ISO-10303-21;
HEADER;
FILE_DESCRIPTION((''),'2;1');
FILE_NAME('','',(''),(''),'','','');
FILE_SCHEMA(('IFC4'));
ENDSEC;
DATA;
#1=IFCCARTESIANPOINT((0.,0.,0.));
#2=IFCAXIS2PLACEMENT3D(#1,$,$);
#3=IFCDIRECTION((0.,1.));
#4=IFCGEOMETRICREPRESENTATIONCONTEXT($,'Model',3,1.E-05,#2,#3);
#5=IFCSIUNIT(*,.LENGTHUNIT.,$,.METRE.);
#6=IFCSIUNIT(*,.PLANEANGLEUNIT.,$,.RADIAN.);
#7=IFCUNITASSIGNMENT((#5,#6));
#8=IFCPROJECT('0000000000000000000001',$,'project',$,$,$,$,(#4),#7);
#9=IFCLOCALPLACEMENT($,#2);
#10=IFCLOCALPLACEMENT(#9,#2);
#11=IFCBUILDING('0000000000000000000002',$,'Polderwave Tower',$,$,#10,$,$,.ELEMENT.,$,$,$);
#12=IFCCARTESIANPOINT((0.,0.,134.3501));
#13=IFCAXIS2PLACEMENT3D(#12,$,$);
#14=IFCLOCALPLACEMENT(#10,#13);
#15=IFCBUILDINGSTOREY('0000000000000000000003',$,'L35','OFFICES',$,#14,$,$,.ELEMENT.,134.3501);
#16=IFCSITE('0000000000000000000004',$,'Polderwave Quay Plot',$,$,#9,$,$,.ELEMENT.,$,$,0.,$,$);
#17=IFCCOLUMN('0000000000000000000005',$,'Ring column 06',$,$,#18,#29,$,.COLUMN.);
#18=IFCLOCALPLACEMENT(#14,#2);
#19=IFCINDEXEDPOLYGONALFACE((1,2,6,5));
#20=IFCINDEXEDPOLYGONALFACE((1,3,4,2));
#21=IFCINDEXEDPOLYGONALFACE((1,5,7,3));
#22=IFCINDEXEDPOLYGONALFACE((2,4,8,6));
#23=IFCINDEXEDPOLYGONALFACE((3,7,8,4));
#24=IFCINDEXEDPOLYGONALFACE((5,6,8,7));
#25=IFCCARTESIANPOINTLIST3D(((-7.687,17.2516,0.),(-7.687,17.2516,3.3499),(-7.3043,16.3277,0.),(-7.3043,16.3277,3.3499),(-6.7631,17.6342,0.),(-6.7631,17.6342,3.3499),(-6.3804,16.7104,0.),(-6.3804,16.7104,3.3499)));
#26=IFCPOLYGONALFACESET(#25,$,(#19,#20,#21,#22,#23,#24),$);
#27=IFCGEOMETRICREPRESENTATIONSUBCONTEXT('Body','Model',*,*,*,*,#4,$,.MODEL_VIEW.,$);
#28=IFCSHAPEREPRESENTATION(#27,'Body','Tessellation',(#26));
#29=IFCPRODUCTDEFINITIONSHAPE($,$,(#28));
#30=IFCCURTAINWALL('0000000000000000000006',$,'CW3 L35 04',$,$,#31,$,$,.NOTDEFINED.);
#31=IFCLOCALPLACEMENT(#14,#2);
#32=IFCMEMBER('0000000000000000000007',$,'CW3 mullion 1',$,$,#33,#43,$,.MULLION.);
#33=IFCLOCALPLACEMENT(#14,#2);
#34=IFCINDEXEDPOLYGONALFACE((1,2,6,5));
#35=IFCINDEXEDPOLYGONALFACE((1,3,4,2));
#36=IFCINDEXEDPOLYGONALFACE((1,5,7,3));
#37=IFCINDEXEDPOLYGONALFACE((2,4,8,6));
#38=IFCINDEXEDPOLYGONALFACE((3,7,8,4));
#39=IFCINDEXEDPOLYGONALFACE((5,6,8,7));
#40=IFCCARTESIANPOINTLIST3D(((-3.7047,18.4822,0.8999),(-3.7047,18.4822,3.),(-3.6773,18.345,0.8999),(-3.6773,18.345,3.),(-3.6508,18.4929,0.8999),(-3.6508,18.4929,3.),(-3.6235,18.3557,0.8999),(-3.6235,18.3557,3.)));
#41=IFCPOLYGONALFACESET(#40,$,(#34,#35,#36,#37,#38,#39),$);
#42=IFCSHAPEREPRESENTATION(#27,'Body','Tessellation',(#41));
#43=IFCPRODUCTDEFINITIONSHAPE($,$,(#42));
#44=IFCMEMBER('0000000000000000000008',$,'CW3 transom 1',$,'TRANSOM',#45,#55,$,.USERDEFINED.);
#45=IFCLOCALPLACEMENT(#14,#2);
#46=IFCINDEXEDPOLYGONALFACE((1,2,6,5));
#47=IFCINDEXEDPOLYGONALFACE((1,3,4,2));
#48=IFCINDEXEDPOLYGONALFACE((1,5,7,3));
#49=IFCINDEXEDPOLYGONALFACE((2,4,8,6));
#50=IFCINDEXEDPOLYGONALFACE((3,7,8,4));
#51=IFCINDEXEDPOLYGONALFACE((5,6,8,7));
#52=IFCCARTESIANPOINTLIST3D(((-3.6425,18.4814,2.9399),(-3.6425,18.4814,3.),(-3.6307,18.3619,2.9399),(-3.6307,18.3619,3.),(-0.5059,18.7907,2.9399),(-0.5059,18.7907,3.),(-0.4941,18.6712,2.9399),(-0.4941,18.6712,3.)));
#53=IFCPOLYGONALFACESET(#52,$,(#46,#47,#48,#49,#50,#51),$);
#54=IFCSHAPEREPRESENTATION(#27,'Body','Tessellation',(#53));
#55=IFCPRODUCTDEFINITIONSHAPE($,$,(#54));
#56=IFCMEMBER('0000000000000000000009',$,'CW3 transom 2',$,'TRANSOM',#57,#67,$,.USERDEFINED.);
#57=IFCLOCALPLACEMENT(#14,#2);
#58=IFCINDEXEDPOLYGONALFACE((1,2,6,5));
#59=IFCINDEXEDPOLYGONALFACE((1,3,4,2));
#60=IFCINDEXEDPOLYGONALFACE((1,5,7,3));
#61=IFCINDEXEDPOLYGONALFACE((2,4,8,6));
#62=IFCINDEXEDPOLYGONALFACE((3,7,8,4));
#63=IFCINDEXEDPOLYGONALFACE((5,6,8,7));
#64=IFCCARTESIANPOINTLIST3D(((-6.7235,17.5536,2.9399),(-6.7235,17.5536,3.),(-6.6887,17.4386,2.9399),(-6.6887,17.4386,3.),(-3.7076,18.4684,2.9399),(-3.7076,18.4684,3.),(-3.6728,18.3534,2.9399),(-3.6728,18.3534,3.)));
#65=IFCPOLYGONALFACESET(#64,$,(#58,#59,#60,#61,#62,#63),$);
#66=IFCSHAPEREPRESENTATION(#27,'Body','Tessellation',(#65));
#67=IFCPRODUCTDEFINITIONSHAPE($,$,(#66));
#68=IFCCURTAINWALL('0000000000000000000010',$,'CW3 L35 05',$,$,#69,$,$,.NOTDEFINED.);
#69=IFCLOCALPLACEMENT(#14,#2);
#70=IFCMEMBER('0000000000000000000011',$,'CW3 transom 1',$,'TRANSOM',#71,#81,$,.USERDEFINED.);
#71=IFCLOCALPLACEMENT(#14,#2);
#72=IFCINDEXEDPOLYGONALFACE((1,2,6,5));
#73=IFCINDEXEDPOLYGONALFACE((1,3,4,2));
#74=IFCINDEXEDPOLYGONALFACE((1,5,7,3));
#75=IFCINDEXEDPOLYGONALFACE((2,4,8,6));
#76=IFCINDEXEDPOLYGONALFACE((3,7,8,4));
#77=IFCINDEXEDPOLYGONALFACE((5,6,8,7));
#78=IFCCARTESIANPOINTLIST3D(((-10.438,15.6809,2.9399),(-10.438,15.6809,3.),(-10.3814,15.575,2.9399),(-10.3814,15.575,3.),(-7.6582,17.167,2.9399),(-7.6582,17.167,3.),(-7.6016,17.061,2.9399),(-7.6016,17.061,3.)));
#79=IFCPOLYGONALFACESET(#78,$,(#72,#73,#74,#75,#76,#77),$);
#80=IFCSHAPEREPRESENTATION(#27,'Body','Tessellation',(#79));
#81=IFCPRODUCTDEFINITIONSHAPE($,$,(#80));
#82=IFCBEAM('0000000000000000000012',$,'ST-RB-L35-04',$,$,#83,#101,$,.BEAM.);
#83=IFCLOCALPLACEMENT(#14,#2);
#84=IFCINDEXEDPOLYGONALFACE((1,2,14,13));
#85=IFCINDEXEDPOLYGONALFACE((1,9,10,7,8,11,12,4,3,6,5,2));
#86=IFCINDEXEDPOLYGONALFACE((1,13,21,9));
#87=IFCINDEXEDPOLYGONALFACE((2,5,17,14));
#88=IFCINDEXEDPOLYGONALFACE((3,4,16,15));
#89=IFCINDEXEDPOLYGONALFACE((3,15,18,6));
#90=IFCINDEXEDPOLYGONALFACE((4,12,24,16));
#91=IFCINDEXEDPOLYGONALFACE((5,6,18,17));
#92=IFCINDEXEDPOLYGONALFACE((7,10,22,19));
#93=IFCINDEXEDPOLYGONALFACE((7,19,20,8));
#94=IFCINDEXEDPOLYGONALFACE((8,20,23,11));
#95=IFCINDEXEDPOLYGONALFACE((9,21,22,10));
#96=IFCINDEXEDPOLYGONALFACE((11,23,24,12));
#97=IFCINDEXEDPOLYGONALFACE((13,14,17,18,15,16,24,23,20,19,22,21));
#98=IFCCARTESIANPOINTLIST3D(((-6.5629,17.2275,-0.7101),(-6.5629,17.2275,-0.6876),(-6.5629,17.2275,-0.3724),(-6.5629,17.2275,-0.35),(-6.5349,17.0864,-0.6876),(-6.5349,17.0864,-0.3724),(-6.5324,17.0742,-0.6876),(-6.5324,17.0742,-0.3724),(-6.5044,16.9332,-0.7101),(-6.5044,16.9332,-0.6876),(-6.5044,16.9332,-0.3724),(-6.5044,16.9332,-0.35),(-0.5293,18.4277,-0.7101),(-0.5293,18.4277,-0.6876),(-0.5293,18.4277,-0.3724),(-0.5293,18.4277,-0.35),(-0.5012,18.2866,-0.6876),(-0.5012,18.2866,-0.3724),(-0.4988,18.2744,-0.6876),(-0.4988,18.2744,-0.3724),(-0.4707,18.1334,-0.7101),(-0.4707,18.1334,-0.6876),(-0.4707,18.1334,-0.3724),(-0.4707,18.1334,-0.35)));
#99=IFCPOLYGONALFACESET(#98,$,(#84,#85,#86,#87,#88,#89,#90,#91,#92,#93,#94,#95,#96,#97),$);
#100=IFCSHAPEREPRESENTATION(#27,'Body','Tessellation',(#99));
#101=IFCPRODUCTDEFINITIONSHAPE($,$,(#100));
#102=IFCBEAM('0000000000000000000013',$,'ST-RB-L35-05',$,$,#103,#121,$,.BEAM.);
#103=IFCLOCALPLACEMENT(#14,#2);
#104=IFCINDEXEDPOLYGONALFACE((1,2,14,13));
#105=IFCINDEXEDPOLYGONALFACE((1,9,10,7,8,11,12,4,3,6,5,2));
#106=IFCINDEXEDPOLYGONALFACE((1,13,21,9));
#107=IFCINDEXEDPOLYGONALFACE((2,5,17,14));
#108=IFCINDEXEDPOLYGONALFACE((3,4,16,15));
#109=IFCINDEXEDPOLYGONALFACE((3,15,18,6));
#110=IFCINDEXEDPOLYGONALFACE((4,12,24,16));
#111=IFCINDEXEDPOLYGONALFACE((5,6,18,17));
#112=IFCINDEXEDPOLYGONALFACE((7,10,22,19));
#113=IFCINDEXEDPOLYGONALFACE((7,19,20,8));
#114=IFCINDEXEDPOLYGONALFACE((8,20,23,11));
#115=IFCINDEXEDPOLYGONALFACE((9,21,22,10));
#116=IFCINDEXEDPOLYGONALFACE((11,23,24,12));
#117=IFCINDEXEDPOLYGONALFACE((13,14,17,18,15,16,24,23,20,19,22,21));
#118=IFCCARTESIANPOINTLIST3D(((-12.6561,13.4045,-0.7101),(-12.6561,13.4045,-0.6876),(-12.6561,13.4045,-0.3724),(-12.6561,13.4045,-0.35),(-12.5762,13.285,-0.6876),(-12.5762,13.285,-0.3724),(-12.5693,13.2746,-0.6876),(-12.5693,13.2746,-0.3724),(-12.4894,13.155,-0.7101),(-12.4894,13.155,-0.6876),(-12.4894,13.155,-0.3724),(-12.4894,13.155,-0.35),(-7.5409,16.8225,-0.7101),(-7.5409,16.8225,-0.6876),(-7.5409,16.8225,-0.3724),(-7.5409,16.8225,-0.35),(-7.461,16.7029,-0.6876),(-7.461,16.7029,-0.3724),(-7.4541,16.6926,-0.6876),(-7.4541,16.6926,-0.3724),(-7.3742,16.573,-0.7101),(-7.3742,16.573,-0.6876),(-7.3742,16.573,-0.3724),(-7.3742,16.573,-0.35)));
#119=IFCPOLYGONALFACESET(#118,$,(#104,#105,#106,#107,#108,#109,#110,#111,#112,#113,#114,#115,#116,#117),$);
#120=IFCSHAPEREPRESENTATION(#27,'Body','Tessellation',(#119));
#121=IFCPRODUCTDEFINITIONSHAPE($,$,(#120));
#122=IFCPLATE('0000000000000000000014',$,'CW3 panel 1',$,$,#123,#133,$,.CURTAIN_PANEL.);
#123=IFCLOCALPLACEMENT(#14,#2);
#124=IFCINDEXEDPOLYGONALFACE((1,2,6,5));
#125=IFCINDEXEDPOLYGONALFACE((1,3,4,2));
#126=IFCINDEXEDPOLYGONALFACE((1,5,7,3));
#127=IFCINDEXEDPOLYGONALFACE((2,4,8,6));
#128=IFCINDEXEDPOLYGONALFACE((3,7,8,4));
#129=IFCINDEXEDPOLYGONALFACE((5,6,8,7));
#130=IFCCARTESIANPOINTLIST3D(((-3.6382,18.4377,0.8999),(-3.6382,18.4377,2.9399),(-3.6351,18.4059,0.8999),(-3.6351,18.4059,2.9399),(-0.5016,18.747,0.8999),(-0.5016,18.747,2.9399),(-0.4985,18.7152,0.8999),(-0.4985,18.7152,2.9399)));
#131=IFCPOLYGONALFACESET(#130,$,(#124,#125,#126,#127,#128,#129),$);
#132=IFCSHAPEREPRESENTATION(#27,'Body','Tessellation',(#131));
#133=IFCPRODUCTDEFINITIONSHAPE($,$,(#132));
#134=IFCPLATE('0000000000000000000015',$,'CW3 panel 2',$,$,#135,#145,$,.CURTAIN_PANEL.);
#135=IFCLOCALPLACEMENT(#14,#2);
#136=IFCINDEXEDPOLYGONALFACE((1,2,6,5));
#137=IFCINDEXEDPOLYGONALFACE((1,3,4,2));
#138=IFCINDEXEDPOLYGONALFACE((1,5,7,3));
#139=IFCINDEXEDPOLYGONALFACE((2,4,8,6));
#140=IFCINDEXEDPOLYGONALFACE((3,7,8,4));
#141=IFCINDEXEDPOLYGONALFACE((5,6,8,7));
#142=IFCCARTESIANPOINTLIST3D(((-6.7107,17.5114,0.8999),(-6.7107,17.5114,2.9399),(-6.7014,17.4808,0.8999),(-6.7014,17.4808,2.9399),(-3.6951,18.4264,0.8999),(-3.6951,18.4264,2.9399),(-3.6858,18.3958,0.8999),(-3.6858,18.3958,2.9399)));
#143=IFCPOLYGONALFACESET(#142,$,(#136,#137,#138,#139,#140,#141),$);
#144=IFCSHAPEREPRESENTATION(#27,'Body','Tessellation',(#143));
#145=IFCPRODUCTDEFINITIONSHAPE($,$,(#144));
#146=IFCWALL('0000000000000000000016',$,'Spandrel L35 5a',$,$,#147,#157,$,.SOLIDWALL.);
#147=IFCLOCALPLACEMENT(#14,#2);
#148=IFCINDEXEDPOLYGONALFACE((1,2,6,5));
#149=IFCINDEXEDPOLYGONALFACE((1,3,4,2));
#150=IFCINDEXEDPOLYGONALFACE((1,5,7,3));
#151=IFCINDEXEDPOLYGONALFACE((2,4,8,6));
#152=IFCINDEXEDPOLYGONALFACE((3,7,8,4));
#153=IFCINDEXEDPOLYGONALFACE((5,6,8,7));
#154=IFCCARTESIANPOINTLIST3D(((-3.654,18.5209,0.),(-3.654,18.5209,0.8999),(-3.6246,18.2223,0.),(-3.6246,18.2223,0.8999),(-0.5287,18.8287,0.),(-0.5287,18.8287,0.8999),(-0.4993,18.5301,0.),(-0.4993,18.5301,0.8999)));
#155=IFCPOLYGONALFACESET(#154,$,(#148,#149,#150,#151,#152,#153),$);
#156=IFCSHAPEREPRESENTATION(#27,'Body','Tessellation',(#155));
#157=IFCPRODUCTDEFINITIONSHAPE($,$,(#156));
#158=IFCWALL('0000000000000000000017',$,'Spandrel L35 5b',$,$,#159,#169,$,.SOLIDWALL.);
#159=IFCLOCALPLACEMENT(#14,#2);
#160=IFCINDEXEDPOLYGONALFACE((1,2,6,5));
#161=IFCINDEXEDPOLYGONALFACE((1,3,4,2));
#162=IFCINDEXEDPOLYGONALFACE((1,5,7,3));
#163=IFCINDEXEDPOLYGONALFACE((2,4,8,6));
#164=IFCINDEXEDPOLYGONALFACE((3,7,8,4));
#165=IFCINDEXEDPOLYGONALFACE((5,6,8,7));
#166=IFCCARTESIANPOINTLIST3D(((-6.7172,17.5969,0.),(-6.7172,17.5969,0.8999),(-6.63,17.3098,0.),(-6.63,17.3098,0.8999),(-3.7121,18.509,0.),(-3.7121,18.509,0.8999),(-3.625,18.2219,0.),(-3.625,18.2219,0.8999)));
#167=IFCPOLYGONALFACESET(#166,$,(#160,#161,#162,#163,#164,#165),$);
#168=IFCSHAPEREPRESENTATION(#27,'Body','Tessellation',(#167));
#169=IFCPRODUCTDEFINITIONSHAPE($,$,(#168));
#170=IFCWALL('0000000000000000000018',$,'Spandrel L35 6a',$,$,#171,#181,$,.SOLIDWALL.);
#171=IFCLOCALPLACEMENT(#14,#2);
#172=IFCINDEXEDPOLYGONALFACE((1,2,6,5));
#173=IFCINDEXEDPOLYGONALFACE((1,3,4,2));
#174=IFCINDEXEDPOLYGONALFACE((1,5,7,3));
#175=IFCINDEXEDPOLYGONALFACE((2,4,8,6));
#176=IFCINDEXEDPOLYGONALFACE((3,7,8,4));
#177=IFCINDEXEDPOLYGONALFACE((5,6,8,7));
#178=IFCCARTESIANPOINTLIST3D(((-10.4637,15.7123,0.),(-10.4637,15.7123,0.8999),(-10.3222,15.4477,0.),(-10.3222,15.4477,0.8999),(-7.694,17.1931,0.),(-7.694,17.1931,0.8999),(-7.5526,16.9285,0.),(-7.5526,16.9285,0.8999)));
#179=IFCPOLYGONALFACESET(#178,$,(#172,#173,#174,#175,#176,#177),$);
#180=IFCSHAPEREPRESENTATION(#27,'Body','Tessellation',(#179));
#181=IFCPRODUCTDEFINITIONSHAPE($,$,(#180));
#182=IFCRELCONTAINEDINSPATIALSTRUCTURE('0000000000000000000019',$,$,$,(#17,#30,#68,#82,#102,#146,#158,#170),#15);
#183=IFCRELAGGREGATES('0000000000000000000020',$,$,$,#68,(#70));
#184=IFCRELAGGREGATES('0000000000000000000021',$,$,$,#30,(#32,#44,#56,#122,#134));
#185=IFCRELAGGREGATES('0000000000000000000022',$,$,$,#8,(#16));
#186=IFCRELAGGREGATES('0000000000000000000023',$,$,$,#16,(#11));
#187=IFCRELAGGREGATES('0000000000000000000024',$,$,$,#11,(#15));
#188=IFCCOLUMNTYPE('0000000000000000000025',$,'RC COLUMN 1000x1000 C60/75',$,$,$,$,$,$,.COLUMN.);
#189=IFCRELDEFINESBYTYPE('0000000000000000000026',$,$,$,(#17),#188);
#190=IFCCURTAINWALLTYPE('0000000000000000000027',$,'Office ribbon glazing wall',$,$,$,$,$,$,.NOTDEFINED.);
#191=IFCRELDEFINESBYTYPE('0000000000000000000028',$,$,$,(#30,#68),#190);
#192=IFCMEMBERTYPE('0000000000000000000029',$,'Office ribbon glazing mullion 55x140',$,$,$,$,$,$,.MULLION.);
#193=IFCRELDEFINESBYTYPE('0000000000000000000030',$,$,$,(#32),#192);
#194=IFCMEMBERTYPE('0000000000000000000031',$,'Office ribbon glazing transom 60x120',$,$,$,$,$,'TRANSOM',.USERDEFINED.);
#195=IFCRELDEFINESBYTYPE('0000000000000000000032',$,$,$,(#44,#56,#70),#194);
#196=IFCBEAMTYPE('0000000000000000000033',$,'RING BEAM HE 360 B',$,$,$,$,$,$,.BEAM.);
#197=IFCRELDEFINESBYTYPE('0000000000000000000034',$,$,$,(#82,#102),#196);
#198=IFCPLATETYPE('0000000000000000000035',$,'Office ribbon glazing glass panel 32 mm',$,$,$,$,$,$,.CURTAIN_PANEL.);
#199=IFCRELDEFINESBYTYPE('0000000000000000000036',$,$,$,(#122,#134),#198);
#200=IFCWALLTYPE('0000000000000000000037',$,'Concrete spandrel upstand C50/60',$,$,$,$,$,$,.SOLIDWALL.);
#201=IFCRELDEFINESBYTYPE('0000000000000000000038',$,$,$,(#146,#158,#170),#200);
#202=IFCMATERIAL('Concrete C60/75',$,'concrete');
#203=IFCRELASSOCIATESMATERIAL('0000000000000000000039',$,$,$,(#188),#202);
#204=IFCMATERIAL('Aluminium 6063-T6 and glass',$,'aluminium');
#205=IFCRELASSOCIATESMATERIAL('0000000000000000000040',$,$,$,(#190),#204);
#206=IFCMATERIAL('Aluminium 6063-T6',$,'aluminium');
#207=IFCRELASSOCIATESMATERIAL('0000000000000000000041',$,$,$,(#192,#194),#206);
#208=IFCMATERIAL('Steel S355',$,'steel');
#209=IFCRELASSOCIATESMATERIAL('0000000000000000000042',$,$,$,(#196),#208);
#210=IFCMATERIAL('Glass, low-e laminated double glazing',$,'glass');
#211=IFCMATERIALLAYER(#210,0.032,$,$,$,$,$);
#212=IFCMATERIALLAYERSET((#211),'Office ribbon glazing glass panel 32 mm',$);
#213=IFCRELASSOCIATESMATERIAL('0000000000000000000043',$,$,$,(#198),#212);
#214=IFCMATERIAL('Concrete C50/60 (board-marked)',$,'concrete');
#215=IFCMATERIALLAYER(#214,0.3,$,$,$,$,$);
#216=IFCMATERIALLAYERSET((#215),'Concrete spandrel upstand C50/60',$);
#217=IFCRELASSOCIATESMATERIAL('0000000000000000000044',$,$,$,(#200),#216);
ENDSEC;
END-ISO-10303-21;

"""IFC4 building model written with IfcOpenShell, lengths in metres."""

from ifc_helpers import new_model, si_unit, direction, frame, frame_2d, origin, origin_2d, place, context, subcontext, project, spatial, rectangle, i_section, extrude, material, layer, layer_set, material_profile, profile_set, type_object, element, aggregate, save


model = new_model("IFC4")

# Units and contexts
model_context = context("Model", 3, precision=1e-05, world=origin(), true_north=direction((0.0, 1.0)))
body_context = subcontext(model_context, "Body", "Model", "MODEL_VIEW")
ifc_project = project(units=[si_unit("LENGTHUNIT", "METRE"), si_unit("PLANEANGLEUNIT", "RADIAN")], contexts=[model_context])

# Site, building, storey
site_placement = place(None, origin())
site = spatial("IfcSite", under=ifc_project, at=site_placement, Name="Polderwave Quay Plot", CompositionType="ELEMENT", RefElevation=0.0)
building_placement = place(site_placement, origin())
building = spatial("IfcBuilding", under=site, at=building_placement, Name="Polderwave Tower", CompositionType="ELEMENT")
storey_placement = place(building_placement, frame((0.0, 0.0, 134.3501)))
storey = spatial("IfcBuildingStorey", under=building, at=storey_placement, Name="L35", Description="OFFICES", CompositionType="ELEMENT", Elevation=134.3501)

# Column
ifc_material_1 = material(Name="Concrete C60/75", Category="concrete")
ifc_material_profile_1 = material_profile(ifc_material_1, rectangle(XDim=1.0, YDim=1.0, at=origin_2d()), Name="RC 1000x1000")
ifc_profile_set_1 = profile_set([ifc_material_profile_1], Name="Concrete C60/75")
column_type = type_object("IfcColumnType", Name="RC COLUMN 1000x1000 C60/75", PredefinedType="COLUMN", material=ifc_profile_set_1)
column_placement = place(storey_placement, frame((-7.0337, 16.981, 0.0), z_axis=(0.0, 0.0, 1.0), x_axis=(-0.382683, 0.92388, 0.0)))
element("IfcColumn", 1, at=column_placement, inside=storey, type_object=column_type, Name="Ring column 06", PredefinedType="COLUMN", context=body_context, shape_type="SweptSolid", body=[
    extrude(rectangle(XDim=1.0, YDim=1.0, at=origin_2d()), origin(), (0.0, 0.0, 1.0), 3.3499),
])

# Curtain wall, members
ifc_material_2 = material(Name="Aluminium 6063-T6 and glass", Category="aluminium")
curtain_wall_type = type_object("IfcCurtainWallType", Name="Office ribbon glazing wall", PredefinedType="NOTDEFINED", material=ifc_material_2)
curtain_wall_1_placement = place(storey_placement, origin())
curtain_wall_1 = element("IfcCurtainWall", 2, at=curtain_wall_1_placement, inside=storey, type_object=curtain_wall_type, Name="CW3 L35 04", PredefinedType="NOTDEFINED")
ifc_material_3 = material(Name="Aluminium 6063-T6", Category="aluminium")
ifc_material_profile_2 = material_profile(ifc_material_3, rectangle(XDim=0.1399, YDim=0.0549, at=origin_2d()), Name="AL 55x140")
ifc_profile_set_2 = profile_set([ifc_material_profile_2], Name="Aluminium 6063-T6")
member_type_1 = type_object("IfcMemberType", Name="Office ribbon glazing mullion 55x140", PredefinedType="MULLION", material=ifc_profile_set_2)
member_1_placement = place(storey_placement, frame((-3.6641, 18.4189, 0.8999), z_axis=(0.0, 0.0, 1.0), x_axis=(0.195179, -0.980768, 0.0)))
member_1 = element("IfcMember", 3, at=member_1_placement, type_object=member_type_1, Name="CW3 mullion 1", PredefinedType="MULLION", context=body_context, shape_type="SweptSolid", body=[
    extrude(rectangle(XDim=0.1399, YDim=0.0549, at=origin_2d()), origin(), (0.0, 0.0, 1.0), 2.1001),
])
ifc_material_profile_3 = material_profile(ifc_material_3, rectangle(XDim=0.1201, YDim=0.0601, at=origin_2d()), Name="AL 60x120")
ifc_profile_set_3 = profile_set([ifc_material_profile_3], Name="Aluminium 6063-T6")
member_type_2 = type_object("IfcMemberType", Name="Office ribbon glazing transom 60x120", ElementType="TRANSOM", PredefinedType="USERDEFINED", material=ifc_profile_set_3)
member_2_placement = place(storey_placement, frame((-0.5, 18.731, 2.97), z_axis=(-0.995173, -0.098139, 0.0), x_axis=(0.098139, -0.995173, 0.0)))
member_2 = element("IfcMember", 4, at=member_2_placement, type_object=member_type_2, Name="CW3 transom 1", ObjectType="TRANSOM", PredefinedType="USERDEFINED", context=body_context, shape_type="SweptSolid", body=[
    extrude(rectangle(XDim=0.1201, YDim=0.0601, at=origin_2d()), origin(), (0.0, 0.0, 1.0), 3.1519),
])
member_3_placement = place(storey_placement, frame((-3.6902, 18.4109, 2.97), z_axis=(-0.956946, -0.290268, 0.0), x_axis=(0.290268, -0.956946, 0.0)))
member_3 = element("IfcMember", 5, at=member_3_placement, type_object=member_type_2, Name="CW3 transom 2", ObjectType="TRANSOM", PredefinedType="USERDEFINED", context=body_context, shape_type="SweptSolid", body=[
    extrude(rectangle(XDim=0.1201, YDim=0.0601, at=origin_2d()), origin(), (0.0, 0.0, 1.0), 3.1516),
])

# Curtain wall, member
curtain_wall_2_placement = place(storey_placement, origin())
curtain_wall_2 = element("IfcCurtainWall", 6, at=curtain_wall_2_placement, inside=storey, type_object=curtain_wall_type, Name="CW3 L35 05", PredefinedType="NOTDEFINED")
member_4_placement = place(storey_placement, frame((-7.6299, 17.114, 2.97), z_axis=(-0.881887, -0.47146, 0.0), x_axis=(0.47146, -0.881887, 0.0)))
member_4 = element("IfcMember", 7, at=member_4_placement, type_object=member_type_2, Name="CW3 transom 1", ObjectType="TRANSOM", PredefinedType="USERDEFINED", context=body_context, shape_type="SweptSolid", body=[
    extrude(rectangle(XDim=0.1201, YDim=0.0601, at=origin_2d()), origin(), (0.0, 0.0, 1.0), 3.1521),
])
aggregate(curtain_wall_2, [member_4])

# Beams
ifc_material_4 = material(Name="Steel S355", Category="steel")
ifc_material_profile_4 = material_profile(ifc_material_4, i_section(OverallWidth=0.3, OverallDepth=0.3601, WebThickness=0.0125, FlangeThickness=0.0225, at=origin_2d()), Name="HE 360 B")
ifc_profile_set_4 = profile_set([ifc_material_profile_4], Name="Steel S355")
beam_type = type_object("IfcBeamType", Name="RING BEAM HE 360 B", PredefinedType="BEAM", material=ifc_profile_set_4)
beam_1_placement = place(storey_placement, frame((-0.5, 18.2805, -0.53), z_axis=(-0.980785, -0.195093, 0.0), x_axis=(0.195093, -0.980785, 0.0)))
element("IfcBeam", 8, at=beam_1_placement, inside=storey, type_object=beam_type, Name="ST-RB-L35-04", PredefinedType="BEAM", context=body_context, shape_type="SweptSolid", body=[
    extrude(i_section(OverallWidth=0.3, OverallDepth=0.3601, WebThickness=0.0125, FlangeThickness=0.0225, at=origin_2d()), origin(), (0.0, 0.0, 1.0), 6.1519),
])
beam_2_placement = place(storey_placement, frame((-7.4575, 16.6978, -0.53), z_axis=(-0.831464, -0.555579, 0.0), x_axis=(0.555579, -0.831464, 0.0)))
element("IfcBeam", 9, at=beam_2_placement, inside=storey, type_object=beam_type, Name="ST-RB-L35-05", PredefinedType="BEAM", context=body_context, shape_type="SweptSolid", body=[
    extrude(i_section(OverallWidth=0.3, OverallDepth=0.3601, WebThickness=0.0125, FlangeThickness=0.0225, at=origin_2d()), origin(), (0.0, 0.0, 1.0), 6.1521),
])

# Plates
ifc_material_5 = material(Name="Glass, low-e laminated double glazing", Category="glass")
ifc_layer_1 = layer(ifc_material_5, 0.032)
ifc_layer_set_1 = layer_set([ifc_layer_1], Name="Office ribbon glazing glass panel 32 mm")
plate_type = type_object("IfcPlateType", Name="Office ribbon glazing glass panel 32 mm", PredefinedType="CURTAIN_PANEL", material=ifc_layer_set_1)
plate_1_placement = place(storey_placement, frame((-2.0684, 18.5764, 0.8999), z_axis=(0.0, 0.0, 1.0), x_axis=(-0.995173, -0.098134, 0.0)))
plate_1 = element("IfcPlate", 10, at=plate_1_placement, type_object=plate_type, Name="CW3 panel 1", PredefinedType="CURTAIN_PANEL", context=body_context, shape_type="SweptSolid", body=[
    extrude(rectangle(XDim=3.1519, YDim=0.032, at=origin_2d()), origin(), (0.0, 0.0, 1.0), 2.04),
])
plate_2_placement = place(storey_placement, frame((-5.1982, 17.9536, 0.8999), z_axis=(0.0, 0.0, 1.0), x_axis=(-0.956921, -0.290348, 0.0)))
plate_2 = element("IfcPlate", 11, at=plate_2_placement, type_object=plate_type, Name="CW3 panel 2", PredefinedType="CURTAIN_PANEL", context=body_context, shape_type="SweptSolid", body=[
    extrude(rectangle(XDim=3.1514, YDim=0.032, at=origin_2d()), origin(), (0.0, 0.0, 1.0), 2.04),
])
aggregate(curtain_wall_1, [member_1, member_2, member_3, plate_1, plate_2])

# Walls
ifc_material_6 = material(Name="Concrete C50/60 (board-marked)", Category="concrete")
ifc_layer_2 = layer(ifc_material_6, 0.3)
ifc_layer_set_2 = layer_set([ifc_layer_2], Name="Concrete spandrel upstand C50/60")
wall_type_1 = type_object("IfcWallType", Name="Concrete spandrel upstand C50/60", PredefinedType="SOLIDWALL", material=ifc_layer_set_2)
for number, where, z_axis, x_axis, name in (
    (12, (-0.5139, 18.6794, 0.0), (0.0, 0.0, 1.0), (-0.995183, -0.098033, 0.0), "Spandrel L35 5a"),
    (13, (-3.6685, 18.3655, 0.0), (0.0, 0.0, 1.0), (-0.956895, -0.290435, 0.0), "Spandrel L35 5b"),
):
    element("IfcWall", number, at=place(storey_placement, frame(where, z_axis=z_axis, x_axis=x_axis)), inside=storey, type_object=wall_type_1, Name=name, PredefinedType="SOLIDWALL", context=body_context, shape_type="SweptSolid", body=[
        extrude(rectangle(XDim=3.1404, YDim=0.3, at=frame_2d((1.5703, 0.0))), origin(), (0.0, 0.0, 1.0), 0.8999),
    ])
wall_1_placement = place(storey_placement, frame((-7.6233, 17.0608, 0.0), z_axis=(0.0, 0.0, 1.0), x_axis=(-0.881873, -0.471488, 0.0)))
element("IfcWall", 14, at=wall_1_placement, inside=storey, type_object=wall_type_1, Name="Spandrel L35 6a", PredefinedType="SOLIDWALL", context=body_context, shape_type="SweptSolid", body=[
    extrude(rectangle(XDim=3.1406, YDim=0.3, at=frame_2d((1.5703, 0.0))), origin(), (0.0, 0.0, 1.0), 0.8999),
])

save(model, "model.ifc")
